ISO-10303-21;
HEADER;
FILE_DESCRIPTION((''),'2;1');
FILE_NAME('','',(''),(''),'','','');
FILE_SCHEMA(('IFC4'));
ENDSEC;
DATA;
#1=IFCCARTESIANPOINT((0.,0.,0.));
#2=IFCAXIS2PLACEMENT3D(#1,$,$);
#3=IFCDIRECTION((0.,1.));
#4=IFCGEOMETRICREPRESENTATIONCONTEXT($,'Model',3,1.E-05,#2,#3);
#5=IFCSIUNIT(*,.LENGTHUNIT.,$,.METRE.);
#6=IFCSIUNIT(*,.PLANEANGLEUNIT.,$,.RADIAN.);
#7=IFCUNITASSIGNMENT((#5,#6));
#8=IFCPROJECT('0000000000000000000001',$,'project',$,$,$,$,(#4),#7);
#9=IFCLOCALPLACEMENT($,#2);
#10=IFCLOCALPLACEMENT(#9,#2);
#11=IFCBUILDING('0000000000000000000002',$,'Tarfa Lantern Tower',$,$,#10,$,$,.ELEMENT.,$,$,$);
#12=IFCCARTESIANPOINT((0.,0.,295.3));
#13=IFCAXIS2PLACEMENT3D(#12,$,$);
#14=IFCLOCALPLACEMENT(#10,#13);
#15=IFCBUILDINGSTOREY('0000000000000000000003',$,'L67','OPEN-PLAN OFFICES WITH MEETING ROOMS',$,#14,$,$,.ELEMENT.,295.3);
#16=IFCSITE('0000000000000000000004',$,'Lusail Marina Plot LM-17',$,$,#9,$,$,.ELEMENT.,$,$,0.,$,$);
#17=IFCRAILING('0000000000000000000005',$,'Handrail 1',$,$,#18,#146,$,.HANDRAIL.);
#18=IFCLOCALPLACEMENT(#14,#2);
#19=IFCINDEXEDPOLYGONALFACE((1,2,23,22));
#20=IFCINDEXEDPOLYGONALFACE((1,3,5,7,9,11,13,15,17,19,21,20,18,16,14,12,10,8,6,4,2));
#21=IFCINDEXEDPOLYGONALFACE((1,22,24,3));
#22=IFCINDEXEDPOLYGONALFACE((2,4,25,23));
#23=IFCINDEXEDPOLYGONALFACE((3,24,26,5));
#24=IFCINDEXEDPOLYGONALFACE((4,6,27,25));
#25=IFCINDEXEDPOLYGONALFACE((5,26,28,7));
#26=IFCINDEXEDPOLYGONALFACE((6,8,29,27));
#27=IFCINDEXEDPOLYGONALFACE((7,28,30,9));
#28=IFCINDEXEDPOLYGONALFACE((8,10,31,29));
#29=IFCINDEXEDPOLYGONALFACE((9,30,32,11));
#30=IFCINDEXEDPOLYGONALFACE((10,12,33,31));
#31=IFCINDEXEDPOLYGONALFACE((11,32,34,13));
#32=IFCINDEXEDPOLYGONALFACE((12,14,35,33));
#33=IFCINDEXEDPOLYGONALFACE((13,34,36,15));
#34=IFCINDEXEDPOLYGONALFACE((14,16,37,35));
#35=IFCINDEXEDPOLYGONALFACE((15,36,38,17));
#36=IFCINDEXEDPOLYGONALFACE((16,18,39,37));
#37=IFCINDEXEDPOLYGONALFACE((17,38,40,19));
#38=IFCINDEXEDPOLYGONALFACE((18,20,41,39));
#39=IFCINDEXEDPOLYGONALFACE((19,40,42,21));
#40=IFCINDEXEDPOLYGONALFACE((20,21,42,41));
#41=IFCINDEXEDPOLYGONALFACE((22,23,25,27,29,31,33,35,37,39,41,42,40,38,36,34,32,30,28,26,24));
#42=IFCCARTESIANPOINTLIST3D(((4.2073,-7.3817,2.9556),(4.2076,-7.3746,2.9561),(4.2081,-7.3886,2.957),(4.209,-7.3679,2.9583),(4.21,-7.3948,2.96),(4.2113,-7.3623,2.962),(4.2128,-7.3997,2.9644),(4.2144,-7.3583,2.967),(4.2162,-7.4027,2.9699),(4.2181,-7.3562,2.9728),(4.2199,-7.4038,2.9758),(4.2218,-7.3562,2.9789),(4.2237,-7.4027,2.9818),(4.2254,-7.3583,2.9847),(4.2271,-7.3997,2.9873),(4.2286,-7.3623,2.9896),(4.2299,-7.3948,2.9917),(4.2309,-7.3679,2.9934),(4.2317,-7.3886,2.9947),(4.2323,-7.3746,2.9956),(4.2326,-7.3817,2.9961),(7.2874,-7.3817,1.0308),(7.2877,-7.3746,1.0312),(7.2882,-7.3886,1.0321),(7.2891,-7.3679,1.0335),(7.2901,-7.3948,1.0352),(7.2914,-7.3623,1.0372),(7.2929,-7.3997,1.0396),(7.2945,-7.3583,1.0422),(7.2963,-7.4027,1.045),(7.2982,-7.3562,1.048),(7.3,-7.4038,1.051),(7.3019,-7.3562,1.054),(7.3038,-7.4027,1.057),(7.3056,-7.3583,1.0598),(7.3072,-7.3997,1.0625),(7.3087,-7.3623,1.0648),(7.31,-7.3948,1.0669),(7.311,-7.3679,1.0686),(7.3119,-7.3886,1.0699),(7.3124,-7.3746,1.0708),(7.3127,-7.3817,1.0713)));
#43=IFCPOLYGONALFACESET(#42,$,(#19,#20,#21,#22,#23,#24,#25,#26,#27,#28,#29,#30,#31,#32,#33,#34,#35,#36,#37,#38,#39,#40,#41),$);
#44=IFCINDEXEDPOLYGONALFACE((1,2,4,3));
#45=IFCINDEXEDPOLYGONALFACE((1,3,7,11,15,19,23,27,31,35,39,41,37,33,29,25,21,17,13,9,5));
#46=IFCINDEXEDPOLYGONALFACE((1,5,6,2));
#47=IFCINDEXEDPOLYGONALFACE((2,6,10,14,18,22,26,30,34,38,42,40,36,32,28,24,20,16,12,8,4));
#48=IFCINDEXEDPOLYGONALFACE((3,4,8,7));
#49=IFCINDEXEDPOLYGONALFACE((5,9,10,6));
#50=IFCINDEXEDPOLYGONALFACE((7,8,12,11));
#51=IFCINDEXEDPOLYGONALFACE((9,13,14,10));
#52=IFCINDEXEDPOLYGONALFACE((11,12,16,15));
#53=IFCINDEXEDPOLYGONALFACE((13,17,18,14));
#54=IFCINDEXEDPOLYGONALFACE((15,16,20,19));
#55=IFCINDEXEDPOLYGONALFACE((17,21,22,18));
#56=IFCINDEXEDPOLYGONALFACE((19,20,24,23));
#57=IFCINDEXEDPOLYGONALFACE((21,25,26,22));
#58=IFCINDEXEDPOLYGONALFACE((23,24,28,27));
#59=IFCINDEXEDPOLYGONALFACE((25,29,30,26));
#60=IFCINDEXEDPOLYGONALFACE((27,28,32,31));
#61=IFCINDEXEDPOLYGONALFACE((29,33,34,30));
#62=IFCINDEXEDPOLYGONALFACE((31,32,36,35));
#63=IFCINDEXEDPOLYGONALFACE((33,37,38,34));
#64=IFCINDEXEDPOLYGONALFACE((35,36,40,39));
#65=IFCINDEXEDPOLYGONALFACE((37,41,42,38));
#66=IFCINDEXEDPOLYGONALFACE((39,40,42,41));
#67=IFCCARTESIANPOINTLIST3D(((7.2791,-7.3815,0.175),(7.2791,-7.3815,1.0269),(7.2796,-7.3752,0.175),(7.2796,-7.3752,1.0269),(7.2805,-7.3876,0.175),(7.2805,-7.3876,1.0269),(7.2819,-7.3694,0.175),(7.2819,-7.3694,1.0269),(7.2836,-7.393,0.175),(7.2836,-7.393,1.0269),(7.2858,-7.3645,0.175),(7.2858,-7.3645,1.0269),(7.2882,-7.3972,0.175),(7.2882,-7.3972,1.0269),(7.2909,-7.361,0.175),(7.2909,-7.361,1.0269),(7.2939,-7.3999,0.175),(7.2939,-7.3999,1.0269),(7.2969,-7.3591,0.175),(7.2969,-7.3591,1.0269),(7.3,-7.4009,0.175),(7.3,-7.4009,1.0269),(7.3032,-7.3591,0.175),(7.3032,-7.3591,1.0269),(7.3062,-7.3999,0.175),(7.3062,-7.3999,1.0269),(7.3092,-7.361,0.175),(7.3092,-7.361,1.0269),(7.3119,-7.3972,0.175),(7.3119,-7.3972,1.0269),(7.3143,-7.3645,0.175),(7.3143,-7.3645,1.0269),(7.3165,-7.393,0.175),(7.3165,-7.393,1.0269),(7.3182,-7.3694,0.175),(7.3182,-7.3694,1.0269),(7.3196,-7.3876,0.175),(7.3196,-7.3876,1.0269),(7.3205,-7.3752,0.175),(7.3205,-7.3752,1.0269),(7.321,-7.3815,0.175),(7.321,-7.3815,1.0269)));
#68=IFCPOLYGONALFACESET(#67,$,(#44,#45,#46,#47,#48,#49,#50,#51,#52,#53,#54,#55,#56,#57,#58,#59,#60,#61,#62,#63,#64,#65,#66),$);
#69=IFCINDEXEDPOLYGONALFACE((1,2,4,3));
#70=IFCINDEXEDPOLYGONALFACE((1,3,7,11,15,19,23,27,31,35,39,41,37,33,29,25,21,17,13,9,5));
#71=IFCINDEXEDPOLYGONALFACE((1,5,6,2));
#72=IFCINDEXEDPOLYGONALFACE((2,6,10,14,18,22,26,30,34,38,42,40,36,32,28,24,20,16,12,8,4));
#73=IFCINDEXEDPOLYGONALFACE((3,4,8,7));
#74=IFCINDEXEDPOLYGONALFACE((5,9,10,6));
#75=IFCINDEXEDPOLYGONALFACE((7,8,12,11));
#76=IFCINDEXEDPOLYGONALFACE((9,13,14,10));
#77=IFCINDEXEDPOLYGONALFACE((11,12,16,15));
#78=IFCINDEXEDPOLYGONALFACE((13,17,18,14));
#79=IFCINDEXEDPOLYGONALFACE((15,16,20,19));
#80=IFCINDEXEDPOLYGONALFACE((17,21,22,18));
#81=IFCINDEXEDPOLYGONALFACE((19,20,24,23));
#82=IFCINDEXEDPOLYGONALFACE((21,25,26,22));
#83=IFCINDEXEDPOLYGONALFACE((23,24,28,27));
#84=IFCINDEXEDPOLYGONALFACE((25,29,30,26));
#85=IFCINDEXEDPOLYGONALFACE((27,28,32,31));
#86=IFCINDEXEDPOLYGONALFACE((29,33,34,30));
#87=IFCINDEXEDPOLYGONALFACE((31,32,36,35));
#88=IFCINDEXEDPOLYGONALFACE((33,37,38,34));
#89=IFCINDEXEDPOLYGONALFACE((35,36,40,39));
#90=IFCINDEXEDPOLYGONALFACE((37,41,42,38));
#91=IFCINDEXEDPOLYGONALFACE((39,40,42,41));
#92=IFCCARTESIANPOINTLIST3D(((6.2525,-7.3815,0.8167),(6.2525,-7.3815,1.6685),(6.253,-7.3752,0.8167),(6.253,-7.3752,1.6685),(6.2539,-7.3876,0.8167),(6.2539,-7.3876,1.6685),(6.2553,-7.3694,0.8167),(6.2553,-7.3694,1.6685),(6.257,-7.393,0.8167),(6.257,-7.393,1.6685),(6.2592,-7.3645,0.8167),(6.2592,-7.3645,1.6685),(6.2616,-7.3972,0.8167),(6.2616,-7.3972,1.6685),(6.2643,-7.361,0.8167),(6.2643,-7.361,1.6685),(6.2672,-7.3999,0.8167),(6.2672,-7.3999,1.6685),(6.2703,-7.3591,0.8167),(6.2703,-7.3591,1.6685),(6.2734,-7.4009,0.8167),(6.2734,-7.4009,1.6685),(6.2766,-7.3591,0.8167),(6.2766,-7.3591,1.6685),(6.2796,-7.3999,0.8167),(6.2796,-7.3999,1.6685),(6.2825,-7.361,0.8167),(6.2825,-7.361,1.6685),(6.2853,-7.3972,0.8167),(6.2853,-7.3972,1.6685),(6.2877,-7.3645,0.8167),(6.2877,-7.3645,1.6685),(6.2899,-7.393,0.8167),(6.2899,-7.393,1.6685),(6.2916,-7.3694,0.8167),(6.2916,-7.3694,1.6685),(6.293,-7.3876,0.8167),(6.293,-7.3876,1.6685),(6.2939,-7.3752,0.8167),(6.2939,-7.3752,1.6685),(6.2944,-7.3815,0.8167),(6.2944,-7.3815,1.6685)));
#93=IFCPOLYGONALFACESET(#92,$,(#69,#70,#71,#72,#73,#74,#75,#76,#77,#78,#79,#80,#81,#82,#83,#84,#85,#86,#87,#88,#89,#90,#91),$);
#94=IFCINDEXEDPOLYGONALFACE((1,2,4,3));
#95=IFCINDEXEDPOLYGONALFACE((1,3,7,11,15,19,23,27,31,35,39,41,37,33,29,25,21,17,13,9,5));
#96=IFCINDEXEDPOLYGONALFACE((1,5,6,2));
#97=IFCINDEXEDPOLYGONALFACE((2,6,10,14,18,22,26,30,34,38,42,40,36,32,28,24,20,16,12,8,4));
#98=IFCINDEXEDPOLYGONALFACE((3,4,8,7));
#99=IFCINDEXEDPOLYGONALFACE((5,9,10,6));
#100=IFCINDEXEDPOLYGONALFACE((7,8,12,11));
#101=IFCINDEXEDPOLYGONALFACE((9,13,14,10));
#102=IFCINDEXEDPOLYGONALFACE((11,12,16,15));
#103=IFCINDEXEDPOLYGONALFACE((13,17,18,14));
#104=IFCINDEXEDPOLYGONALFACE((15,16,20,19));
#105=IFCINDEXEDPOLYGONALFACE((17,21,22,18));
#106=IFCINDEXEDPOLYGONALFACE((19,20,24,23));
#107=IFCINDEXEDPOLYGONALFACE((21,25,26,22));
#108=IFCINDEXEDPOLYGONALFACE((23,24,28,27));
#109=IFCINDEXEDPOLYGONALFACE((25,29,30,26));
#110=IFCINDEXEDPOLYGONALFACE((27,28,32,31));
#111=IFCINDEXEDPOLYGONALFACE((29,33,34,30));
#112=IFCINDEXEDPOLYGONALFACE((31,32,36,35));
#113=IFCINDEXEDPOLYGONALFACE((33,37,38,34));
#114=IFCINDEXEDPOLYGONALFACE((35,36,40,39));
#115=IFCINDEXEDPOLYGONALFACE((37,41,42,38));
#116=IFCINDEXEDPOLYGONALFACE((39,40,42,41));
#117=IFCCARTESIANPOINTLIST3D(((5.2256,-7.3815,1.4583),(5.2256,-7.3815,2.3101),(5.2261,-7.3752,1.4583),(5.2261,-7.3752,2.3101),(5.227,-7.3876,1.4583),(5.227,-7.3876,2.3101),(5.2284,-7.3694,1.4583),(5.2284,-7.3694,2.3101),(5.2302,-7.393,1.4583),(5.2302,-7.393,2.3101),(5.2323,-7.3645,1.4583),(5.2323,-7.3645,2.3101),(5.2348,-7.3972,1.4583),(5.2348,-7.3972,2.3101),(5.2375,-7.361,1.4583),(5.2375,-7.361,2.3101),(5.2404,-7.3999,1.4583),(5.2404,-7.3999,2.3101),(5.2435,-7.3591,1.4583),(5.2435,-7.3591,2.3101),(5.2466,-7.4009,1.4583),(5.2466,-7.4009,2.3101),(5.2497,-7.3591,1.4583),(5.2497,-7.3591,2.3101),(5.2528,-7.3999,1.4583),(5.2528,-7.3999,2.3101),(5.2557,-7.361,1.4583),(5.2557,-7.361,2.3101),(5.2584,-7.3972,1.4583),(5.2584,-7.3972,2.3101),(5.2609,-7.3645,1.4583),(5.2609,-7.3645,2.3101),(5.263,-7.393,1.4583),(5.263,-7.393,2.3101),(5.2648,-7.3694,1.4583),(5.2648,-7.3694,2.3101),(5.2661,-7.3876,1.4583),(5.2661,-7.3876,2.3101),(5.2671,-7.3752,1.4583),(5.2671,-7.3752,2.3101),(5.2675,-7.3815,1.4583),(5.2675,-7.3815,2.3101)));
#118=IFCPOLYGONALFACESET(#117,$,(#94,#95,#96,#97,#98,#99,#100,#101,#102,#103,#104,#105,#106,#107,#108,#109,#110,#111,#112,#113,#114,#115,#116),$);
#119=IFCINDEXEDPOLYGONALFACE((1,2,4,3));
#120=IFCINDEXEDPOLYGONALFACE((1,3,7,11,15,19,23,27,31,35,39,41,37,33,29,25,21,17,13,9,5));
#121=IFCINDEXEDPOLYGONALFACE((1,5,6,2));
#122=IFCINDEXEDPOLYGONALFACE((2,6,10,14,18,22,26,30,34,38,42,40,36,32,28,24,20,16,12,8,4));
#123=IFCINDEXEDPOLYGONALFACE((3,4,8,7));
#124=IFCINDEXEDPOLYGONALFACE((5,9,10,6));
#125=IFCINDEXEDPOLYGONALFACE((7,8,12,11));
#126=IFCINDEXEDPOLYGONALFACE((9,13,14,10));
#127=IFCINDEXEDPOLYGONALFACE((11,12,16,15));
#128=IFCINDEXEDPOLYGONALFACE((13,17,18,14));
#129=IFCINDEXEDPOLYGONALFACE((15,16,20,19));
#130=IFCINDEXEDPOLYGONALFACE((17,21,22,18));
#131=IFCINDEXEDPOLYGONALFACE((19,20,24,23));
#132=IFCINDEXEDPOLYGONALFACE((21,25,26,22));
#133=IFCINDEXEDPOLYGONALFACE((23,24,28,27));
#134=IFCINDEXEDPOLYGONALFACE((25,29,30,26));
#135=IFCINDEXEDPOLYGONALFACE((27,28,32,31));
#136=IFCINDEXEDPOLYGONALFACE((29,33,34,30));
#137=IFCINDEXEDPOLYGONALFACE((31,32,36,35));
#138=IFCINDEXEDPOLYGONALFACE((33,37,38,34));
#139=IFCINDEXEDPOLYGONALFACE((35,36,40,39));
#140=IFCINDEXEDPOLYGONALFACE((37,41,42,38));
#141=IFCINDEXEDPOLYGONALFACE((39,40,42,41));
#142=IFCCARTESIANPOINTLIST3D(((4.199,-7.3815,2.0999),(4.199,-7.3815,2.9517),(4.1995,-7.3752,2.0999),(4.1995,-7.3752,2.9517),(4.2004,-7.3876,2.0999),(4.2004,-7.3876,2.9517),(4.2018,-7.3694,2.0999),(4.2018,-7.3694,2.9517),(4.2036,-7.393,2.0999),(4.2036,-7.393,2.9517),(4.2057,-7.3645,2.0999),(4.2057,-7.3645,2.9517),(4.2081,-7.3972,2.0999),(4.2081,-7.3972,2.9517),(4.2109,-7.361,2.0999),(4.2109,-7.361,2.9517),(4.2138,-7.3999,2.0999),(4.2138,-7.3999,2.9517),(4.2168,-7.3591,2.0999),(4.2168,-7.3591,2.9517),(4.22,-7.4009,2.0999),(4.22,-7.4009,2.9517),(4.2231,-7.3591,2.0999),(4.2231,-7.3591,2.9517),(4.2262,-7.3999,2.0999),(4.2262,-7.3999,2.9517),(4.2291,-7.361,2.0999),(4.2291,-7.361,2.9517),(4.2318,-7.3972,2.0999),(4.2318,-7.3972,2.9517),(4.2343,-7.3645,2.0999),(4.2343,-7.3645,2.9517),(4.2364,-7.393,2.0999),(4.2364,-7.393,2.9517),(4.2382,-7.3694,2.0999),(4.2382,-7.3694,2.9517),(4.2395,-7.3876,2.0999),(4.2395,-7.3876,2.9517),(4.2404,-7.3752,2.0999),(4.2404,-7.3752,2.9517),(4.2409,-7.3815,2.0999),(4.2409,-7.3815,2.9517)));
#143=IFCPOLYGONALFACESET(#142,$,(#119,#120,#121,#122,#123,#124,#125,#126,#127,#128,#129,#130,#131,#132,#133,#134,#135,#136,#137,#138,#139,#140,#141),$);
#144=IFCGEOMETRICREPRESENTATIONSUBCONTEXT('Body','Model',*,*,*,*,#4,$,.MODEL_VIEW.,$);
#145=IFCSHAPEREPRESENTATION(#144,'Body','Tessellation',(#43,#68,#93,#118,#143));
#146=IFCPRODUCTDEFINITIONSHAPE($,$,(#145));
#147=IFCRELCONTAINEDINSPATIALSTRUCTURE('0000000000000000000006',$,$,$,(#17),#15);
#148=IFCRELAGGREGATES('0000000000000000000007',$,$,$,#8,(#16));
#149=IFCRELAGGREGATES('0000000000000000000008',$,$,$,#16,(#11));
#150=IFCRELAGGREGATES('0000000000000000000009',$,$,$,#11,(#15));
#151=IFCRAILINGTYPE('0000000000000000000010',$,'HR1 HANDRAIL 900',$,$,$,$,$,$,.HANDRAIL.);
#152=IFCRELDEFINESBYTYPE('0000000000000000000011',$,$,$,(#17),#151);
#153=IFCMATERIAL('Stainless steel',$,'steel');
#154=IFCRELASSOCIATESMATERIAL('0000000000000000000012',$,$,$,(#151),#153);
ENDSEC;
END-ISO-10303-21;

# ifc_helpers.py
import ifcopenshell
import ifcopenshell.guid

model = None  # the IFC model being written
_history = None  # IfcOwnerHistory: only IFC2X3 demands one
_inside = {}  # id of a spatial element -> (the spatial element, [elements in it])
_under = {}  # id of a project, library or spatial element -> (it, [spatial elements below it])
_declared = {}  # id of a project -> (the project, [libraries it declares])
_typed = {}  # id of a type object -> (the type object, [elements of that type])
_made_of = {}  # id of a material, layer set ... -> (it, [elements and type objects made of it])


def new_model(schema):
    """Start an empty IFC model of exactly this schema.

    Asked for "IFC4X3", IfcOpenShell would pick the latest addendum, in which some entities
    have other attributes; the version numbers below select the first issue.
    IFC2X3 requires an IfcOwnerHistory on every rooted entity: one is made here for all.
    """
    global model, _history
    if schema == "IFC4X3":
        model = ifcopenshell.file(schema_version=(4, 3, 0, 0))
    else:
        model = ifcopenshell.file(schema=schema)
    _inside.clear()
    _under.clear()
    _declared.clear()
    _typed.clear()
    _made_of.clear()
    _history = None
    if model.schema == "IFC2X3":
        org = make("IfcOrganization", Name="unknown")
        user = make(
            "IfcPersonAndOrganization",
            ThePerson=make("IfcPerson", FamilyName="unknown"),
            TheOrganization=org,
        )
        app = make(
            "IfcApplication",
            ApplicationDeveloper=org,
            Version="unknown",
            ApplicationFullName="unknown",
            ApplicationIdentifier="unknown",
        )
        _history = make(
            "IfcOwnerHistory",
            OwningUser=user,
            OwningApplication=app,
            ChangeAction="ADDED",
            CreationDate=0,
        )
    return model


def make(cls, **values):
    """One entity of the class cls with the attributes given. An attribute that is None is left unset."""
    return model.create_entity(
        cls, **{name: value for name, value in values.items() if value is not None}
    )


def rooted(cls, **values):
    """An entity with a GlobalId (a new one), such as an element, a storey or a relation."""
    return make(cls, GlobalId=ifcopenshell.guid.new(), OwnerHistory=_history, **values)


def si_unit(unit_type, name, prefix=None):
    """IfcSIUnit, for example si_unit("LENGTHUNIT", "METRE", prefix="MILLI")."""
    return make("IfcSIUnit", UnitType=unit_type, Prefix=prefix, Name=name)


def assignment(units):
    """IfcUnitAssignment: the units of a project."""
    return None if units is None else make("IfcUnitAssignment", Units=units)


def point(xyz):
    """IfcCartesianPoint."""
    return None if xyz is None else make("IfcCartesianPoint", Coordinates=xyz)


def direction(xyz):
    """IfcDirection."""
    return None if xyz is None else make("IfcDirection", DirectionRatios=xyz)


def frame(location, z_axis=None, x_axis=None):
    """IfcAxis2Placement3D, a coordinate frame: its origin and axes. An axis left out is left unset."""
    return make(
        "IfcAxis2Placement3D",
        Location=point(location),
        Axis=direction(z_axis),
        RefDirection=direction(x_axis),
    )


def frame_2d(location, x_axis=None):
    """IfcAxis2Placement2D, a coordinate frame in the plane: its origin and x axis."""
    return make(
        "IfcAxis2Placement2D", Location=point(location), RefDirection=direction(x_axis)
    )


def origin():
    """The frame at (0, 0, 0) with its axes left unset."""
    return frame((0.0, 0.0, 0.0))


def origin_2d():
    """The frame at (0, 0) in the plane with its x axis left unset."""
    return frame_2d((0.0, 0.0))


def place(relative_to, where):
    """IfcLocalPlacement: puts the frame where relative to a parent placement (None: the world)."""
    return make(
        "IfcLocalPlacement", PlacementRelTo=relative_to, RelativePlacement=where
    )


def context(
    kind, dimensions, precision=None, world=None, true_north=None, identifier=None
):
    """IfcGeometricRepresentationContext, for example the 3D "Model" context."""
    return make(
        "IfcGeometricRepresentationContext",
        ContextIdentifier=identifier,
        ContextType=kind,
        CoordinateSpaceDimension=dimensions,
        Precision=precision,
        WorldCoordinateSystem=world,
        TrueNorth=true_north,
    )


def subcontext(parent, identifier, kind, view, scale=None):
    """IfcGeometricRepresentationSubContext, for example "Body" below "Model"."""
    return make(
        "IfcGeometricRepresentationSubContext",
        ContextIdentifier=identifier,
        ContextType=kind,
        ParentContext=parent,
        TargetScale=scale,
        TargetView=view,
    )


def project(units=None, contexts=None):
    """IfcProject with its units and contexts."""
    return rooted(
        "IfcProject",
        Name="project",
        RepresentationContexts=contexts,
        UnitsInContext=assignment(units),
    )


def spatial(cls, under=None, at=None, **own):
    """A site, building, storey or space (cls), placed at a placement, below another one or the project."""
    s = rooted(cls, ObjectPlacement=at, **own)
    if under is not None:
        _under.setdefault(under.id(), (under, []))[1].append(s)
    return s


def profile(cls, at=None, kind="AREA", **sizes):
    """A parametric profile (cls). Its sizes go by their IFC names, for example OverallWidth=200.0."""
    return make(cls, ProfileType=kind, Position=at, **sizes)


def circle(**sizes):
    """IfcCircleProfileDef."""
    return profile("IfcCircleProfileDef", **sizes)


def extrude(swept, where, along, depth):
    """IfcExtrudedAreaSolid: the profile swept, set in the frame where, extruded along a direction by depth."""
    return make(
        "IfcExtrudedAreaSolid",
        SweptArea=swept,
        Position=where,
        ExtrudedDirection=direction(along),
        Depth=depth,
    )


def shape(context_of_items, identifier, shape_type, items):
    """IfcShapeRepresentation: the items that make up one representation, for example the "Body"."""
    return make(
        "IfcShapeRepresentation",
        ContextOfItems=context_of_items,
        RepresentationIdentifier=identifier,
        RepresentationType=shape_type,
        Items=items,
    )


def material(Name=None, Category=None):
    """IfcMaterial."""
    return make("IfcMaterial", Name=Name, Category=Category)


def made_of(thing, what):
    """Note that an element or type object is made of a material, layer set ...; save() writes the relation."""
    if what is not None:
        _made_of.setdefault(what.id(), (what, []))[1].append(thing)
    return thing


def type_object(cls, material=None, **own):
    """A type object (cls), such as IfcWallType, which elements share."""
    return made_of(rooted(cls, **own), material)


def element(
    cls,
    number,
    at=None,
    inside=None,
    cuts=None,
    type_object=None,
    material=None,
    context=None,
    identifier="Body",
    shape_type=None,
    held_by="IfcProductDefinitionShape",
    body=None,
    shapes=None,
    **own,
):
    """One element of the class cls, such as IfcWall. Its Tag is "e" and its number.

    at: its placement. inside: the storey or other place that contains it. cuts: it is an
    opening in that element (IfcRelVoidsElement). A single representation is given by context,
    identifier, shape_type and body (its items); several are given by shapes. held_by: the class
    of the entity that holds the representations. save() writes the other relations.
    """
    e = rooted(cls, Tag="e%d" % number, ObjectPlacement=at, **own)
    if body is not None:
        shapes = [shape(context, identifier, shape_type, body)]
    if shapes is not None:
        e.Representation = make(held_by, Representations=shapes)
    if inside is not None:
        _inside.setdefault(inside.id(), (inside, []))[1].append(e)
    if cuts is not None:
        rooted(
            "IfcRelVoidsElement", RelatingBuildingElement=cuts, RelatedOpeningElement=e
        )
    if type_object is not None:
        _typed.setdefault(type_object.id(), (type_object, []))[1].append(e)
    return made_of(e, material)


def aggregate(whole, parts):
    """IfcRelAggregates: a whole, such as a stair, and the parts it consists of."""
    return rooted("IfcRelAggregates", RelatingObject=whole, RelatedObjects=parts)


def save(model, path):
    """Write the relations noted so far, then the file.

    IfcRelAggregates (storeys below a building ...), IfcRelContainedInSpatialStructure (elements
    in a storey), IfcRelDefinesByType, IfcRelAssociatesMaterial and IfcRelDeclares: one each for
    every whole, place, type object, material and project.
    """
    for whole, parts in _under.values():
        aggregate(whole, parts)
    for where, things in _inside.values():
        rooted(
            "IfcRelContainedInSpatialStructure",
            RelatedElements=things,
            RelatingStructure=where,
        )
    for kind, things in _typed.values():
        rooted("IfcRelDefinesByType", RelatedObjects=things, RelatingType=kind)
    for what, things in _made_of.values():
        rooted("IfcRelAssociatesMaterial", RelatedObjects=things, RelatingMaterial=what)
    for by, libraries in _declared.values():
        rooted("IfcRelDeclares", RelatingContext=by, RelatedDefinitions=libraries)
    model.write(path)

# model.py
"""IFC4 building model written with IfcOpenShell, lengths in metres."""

from ifc_helpers import new_model, si_unit, direction, frame, origin, origin_2d, place, context, subcontext, project, spatial, circle, extrude, material, type_object, element, save


model = new_model("IFC4")

# Units and contexts
model_context = context("Model", 3, precision=1e-05, world=origin(), true_north=direction((0.0, 1.0)))
body_context = subcontext(model_context, "Body", "Model", "MODEL_VIEW")
ifc_project = project(units=[si_unit("LENGTHUNIT", "METRE"), si_unit("PLANEANGLEUNIT", "RADIAN")], contexts=[model_context])

# Site, building, storey
site_placement = place(None, origin())
site = spatial("IfcSite", under=ifc_project, at=site_placement, Name="Lusail Marina Plot LM-17", CompositionType="ELEMENT", RefElevation=0.0)
building_placement = place(site_placement, origin())
building = spatial("IfcBuilding", under=site, at=building_placement, Name="Tarfa Lantern Tower", CompositionType="ELEMENT")
storey_placement = place(building_placement, frame((0.0, 0.0, 295.3)))
storey = spatial("IfcBuildingStorey", under=building, at=storey_placement, Name="L67", Description="OPEN-PLAN OFFICES WITH MEETING ROOMS", CompositionType="ELEMENT", Elevation=295.3)

# Railing
ifc_material_1 = material(Name="Stainless steel", Category="steel")
railing_type = type_object("IfcRailingType", Name="HR1 HANDRAIL 900", PredefinedType="HANDRAIL", material=ifc_material_1)
railing_placement = place(storey_placement, frame((7.3, -7.3799, 0.175)))
element("IfcRailing", 1, at=railing_placement, inside=storey, type_object=railing_type, Name="Handrail 1", PredefinedType="HANDRAIL", context=body_context, shape_type="SweptSolid", body=[
    extrude(circle(Radius=0.0239, at=origin_2d()), frame((0.0, 0.0, 0.876), z_axis=(-0.848029, 0.0, 0.529951), x_axis=(0.0, -1.0, 0.0)), (0.0, 0.0, 1.0), 3.6321),
    extrude(circle(Radius=0.021, at=origin_2d()), frame((0.0, 0.0, 0.0), z_axis=(0.0, 0.0, 1.0), x_axis=(0.0, -1.0, 0.0)), (0.0, 0.0, 1.0), 0.8518),
    extrude(circle(Radius=0.021, at=origin_2d()), frame((-1.0266, 0.0, 0.6416), z_axis=(0.0, 0.0, 1.0), x_axis=(0.0, -1.0, 0.0)), (0.0, 0.0, 1.0), 0.8518),
    extrude(circle(Radius=0.021, at=origin_2d()), frame((-2.0535, 0.0, 1.2832), z_axis=(0.0, 0.0, 1.0), x_axis=(0.0, -1.0, 0.0)), (0.0, 0.0, 1.0), 0.8518),
    extrude(circle(Radius=0.021, at=origin_2d()), frame((-3.0801, 0.0, 1.9248), z_axis=(0.0, 0.0, 1.0), x_axis=(0.0, -1.0, 0.0)), (0.0, 0.0, 1.0), 0.8518),
])

save(model, "model.ifc")
